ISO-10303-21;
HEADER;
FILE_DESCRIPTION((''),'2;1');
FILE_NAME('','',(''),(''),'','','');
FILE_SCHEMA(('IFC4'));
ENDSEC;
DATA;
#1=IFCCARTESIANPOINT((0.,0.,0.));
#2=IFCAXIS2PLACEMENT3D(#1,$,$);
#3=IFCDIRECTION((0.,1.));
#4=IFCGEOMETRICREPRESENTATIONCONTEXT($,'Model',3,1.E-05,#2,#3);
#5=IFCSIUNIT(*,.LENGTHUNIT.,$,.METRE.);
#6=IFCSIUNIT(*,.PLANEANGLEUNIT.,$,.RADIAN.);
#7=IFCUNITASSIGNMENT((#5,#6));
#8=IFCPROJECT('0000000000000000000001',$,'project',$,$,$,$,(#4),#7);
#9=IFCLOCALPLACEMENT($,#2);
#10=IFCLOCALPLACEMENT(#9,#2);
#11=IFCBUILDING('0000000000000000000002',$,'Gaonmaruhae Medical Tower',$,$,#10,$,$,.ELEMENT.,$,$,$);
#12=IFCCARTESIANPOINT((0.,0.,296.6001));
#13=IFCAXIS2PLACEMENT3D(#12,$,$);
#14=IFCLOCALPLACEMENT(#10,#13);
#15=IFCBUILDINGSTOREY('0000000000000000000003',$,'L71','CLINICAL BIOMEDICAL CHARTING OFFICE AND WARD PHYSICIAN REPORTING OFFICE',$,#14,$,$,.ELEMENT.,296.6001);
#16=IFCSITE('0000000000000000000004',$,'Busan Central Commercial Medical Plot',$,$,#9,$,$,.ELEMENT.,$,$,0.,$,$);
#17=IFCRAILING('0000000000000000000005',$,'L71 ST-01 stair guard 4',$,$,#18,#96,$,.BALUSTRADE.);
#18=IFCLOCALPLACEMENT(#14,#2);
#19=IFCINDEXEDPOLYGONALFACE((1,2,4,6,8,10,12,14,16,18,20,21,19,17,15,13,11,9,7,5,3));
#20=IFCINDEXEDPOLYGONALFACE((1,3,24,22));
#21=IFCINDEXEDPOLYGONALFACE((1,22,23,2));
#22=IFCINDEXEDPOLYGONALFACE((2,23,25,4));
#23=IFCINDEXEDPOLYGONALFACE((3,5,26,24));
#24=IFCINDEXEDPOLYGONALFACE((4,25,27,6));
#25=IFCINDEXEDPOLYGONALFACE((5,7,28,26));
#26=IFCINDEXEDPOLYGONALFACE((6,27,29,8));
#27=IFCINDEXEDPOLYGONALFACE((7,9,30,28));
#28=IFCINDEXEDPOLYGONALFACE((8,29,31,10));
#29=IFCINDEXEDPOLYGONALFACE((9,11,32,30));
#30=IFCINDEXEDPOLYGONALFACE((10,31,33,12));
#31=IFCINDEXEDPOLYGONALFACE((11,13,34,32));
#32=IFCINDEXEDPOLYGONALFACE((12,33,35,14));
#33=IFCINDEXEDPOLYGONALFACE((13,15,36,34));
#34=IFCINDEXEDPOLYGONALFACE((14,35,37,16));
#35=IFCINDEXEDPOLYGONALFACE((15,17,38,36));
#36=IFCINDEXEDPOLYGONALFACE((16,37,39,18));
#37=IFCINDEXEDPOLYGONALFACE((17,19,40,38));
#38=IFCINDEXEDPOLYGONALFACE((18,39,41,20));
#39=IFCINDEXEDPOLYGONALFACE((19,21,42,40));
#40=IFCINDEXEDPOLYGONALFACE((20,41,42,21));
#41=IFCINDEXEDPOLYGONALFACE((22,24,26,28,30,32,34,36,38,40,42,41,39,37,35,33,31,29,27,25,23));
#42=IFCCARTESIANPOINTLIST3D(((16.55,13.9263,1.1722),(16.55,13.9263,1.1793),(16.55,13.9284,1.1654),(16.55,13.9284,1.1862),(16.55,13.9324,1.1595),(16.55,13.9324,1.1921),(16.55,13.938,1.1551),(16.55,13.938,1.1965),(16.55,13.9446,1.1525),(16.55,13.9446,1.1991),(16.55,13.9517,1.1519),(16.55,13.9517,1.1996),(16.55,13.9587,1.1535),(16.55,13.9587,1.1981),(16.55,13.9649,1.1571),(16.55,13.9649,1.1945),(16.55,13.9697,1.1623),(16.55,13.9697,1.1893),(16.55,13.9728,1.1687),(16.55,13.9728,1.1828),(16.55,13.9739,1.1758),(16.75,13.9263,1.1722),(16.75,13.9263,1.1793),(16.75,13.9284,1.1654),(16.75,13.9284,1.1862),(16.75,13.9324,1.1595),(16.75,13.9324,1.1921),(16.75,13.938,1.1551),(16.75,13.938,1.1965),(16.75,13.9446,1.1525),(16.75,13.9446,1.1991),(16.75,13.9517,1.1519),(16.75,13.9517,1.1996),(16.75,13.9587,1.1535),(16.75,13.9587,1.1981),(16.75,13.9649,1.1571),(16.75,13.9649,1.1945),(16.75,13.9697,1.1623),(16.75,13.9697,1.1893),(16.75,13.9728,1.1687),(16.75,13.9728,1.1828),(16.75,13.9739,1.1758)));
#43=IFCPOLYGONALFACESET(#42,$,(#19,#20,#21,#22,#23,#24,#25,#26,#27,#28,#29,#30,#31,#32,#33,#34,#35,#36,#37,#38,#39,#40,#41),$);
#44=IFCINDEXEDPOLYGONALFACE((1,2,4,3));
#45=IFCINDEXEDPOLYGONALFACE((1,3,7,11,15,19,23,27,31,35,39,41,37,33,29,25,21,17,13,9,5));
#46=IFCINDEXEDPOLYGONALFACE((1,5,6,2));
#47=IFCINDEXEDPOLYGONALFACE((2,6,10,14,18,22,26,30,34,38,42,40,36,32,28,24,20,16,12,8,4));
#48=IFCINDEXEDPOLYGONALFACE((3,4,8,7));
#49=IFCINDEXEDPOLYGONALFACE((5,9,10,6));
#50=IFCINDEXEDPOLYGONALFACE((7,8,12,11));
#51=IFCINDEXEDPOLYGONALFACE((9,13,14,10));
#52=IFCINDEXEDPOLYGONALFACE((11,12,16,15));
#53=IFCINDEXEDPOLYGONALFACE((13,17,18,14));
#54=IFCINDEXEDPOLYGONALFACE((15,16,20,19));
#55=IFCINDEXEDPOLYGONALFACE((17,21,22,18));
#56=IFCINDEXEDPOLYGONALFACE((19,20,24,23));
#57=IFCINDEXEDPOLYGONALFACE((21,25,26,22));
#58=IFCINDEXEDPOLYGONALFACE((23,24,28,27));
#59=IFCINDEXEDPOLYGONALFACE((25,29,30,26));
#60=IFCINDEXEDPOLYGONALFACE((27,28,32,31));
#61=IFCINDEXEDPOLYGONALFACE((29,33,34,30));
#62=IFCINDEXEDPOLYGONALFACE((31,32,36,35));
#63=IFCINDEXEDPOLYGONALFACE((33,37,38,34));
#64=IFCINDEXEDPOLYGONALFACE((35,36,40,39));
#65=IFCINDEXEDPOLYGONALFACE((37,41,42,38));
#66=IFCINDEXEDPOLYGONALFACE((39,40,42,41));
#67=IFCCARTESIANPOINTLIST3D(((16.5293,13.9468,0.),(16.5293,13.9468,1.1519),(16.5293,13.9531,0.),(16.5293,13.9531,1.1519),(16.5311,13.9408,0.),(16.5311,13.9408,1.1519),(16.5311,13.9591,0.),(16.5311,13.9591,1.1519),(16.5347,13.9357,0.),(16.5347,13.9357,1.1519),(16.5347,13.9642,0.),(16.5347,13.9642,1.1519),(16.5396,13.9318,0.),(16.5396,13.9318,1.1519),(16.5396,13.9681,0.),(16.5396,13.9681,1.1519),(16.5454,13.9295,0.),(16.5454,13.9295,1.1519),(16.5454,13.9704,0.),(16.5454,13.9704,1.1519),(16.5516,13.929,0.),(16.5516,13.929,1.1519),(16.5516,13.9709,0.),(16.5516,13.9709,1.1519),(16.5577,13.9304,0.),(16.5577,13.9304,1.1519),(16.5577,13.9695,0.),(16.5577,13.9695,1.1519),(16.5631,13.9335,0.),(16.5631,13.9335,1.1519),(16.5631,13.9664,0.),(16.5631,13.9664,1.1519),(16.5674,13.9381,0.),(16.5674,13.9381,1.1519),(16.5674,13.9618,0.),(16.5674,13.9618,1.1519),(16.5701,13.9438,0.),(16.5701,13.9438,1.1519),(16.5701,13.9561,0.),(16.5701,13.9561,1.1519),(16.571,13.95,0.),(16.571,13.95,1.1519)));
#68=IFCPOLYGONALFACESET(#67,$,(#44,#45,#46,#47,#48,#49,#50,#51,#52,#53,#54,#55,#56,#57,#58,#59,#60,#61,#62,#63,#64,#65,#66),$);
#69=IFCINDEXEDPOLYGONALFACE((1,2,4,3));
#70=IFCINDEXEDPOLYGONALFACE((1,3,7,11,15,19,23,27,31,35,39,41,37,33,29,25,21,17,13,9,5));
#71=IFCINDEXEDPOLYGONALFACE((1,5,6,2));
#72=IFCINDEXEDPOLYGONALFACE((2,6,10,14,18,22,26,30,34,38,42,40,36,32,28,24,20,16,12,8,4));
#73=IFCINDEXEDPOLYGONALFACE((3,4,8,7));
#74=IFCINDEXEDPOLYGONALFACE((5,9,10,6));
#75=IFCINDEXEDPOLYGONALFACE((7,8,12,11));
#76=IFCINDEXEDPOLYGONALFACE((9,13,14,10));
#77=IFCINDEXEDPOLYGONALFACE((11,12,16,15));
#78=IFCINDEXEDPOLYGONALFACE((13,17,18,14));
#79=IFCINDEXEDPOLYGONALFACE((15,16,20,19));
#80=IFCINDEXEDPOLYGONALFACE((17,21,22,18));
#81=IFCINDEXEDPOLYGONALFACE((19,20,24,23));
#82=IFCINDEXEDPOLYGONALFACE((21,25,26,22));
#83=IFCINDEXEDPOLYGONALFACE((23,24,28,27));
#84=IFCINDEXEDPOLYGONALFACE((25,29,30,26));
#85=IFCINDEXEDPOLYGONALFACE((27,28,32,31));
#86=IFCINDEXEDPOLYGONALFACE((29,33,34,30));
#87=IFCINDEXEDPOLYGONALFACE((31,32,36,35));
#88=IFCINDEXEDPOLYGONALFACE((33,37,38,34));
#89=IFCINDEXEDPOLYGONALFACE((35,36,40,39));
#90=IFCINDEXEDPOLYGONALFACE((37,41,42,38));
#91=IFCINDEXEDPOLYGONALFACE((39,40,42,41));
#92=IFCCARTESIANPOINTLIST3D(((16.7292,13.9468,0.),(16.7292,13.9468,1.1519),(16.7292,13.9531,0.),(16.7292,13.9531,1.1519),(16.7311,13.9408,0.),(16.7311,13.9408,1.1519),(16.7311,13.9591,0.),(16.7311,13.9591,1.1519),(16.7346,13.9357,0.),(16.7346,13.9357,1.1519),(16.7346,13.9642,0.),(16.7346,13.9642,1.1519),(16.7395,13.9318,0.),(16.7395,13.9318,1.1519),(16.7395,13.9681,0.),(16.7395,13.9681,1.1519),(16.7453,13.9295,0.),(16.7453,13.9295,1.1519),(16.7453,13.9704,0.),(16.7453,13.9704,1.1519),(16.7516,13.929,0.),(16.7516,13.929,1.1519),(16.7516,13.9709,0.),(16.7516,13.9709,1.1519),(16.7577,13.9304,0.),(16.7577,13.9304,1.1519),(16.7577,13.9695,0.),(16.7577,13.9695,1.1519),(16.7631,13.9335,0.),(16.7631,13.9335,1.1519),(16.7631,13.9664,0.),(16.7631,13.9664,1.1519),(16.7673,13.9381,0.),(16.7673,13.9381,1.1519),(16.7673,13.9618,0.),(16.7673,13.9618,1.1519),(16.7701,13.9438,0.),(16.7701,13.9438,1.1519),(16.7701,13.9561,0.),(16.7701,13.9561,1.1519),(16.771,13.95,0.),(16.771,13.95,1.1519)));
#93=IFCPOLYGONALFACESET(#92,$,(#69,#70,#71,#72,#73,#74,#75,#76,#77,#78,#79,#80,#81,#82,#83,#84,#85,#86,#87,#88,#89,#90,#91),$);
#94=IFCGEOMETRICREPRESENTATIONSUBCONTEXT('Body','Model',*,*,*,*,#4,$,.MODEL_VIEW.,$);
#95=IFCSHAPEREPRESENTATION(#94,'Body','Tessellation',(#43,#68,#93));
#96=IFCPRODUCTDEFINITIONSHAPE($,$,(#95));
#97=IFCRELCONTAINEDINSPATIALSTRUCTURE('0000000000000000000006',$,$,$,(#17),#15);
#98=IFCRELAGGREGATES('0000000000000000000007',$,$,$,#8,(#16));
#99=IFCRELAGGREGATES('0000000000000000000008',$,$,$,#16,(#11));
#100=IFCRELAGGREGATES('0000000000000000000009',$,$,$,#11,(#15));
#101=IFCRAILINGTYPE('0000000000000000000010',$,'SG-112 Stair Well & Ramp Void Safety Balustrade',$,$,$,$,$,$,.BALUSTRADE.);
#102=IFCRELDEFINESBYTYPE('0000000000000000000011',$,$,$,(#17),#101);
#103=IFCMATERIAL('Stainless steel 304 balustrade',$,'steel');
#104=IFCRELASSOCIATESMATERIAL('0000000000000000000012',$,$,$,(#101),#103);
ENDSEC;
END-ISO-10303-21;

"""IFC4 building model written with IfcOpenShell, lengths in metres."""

from ifc_helpers import new_model, si_unit, direction, frame, origin, origin_2d, place, context, subcontext, project, spatial, circle, extrude, material, type_object, element, save


model = new_model("IFC4")

# Units and contexts
model_context = context("Model", 3, precision=1e-05, world=origin(), true_north=direction((0.0, 1.0)))
body_context = subcontext(model_context, "Body", "Model", "MODEL_VIEW")
ifc_project = project(units=[si_unit("LENGTHUNIT", "METRE"), si_unit("PLANEANGLEUNIT", "RADIAN")], contexts=[model_context])

# Site, building, storey
site_placement = place(None, origin())
site = spatial("IfcSite", under=ifc_project, at=site_placement, Name="Busan Central Commercial Medical Plot", CompositionType="ELEMENT", RefElevation=0.0)
building_placement = place(site_placement, origin())
building = spatial("IfcBuilding", under=site, at=building_placement, Name="Gaonmaruhae Medical Tower", CompositionType="ELEMENT")
storey_placement = place(building_placement, frame((0.0, 0.0, 296.6001)))
storey = spatial("IfcBuildingStorey", under=building, at=storey_placement, Name="L71", Description="CLINICAL BIOMEDICAL CHARTING OFFICE AND WARD PHYSICIAN REPORTING OFFICE", CompositionType="ELEMENT", Elevation=296.6001)

# Railing
ifc_material_1 = material(Name="Stainless steel 304 balustrade", Category="steel")
railing_type_1 = type_object("IfcRailingType", Name="SG-112 Stair Well & Ramp Void Safety Balustrade", PredefinedType="BALUSTRADE", material=ifc_material_1)
railing_1_placement = place(storey_placement, frame((16.55, 13.95, 0.0)))
element("IfcRailing", 1, at=railing_1_placement, inside=storey, type_object=railing_type_1, Name="L71 ST-01 stair guard 4", PredefinedType="BALUSTRADE", context=body_context, shape_type="SweptSolid", body=[
    extrude(circle(Radius=0.0239, at=origin_2d()), frame((0.0, 0.0, 1.1758), z_axis=(1.0, 0.0, 0.0), x_axis=(0.0, 1.0, 0.0)), (0.0, 0.0, 1.0), 0.2),
    extrude(circle(Radius=0.021, at=origin_2d()), origin(), (0.0, 0.0, 1.0), 1.1519),
    extrude(circle(Radius=0.021, at=origin_2d()), frame((0.2, 0.0, 0.0)), (0.0, 0.0, 1.0), 1.1519),
])

save(model, "model.ifc")
